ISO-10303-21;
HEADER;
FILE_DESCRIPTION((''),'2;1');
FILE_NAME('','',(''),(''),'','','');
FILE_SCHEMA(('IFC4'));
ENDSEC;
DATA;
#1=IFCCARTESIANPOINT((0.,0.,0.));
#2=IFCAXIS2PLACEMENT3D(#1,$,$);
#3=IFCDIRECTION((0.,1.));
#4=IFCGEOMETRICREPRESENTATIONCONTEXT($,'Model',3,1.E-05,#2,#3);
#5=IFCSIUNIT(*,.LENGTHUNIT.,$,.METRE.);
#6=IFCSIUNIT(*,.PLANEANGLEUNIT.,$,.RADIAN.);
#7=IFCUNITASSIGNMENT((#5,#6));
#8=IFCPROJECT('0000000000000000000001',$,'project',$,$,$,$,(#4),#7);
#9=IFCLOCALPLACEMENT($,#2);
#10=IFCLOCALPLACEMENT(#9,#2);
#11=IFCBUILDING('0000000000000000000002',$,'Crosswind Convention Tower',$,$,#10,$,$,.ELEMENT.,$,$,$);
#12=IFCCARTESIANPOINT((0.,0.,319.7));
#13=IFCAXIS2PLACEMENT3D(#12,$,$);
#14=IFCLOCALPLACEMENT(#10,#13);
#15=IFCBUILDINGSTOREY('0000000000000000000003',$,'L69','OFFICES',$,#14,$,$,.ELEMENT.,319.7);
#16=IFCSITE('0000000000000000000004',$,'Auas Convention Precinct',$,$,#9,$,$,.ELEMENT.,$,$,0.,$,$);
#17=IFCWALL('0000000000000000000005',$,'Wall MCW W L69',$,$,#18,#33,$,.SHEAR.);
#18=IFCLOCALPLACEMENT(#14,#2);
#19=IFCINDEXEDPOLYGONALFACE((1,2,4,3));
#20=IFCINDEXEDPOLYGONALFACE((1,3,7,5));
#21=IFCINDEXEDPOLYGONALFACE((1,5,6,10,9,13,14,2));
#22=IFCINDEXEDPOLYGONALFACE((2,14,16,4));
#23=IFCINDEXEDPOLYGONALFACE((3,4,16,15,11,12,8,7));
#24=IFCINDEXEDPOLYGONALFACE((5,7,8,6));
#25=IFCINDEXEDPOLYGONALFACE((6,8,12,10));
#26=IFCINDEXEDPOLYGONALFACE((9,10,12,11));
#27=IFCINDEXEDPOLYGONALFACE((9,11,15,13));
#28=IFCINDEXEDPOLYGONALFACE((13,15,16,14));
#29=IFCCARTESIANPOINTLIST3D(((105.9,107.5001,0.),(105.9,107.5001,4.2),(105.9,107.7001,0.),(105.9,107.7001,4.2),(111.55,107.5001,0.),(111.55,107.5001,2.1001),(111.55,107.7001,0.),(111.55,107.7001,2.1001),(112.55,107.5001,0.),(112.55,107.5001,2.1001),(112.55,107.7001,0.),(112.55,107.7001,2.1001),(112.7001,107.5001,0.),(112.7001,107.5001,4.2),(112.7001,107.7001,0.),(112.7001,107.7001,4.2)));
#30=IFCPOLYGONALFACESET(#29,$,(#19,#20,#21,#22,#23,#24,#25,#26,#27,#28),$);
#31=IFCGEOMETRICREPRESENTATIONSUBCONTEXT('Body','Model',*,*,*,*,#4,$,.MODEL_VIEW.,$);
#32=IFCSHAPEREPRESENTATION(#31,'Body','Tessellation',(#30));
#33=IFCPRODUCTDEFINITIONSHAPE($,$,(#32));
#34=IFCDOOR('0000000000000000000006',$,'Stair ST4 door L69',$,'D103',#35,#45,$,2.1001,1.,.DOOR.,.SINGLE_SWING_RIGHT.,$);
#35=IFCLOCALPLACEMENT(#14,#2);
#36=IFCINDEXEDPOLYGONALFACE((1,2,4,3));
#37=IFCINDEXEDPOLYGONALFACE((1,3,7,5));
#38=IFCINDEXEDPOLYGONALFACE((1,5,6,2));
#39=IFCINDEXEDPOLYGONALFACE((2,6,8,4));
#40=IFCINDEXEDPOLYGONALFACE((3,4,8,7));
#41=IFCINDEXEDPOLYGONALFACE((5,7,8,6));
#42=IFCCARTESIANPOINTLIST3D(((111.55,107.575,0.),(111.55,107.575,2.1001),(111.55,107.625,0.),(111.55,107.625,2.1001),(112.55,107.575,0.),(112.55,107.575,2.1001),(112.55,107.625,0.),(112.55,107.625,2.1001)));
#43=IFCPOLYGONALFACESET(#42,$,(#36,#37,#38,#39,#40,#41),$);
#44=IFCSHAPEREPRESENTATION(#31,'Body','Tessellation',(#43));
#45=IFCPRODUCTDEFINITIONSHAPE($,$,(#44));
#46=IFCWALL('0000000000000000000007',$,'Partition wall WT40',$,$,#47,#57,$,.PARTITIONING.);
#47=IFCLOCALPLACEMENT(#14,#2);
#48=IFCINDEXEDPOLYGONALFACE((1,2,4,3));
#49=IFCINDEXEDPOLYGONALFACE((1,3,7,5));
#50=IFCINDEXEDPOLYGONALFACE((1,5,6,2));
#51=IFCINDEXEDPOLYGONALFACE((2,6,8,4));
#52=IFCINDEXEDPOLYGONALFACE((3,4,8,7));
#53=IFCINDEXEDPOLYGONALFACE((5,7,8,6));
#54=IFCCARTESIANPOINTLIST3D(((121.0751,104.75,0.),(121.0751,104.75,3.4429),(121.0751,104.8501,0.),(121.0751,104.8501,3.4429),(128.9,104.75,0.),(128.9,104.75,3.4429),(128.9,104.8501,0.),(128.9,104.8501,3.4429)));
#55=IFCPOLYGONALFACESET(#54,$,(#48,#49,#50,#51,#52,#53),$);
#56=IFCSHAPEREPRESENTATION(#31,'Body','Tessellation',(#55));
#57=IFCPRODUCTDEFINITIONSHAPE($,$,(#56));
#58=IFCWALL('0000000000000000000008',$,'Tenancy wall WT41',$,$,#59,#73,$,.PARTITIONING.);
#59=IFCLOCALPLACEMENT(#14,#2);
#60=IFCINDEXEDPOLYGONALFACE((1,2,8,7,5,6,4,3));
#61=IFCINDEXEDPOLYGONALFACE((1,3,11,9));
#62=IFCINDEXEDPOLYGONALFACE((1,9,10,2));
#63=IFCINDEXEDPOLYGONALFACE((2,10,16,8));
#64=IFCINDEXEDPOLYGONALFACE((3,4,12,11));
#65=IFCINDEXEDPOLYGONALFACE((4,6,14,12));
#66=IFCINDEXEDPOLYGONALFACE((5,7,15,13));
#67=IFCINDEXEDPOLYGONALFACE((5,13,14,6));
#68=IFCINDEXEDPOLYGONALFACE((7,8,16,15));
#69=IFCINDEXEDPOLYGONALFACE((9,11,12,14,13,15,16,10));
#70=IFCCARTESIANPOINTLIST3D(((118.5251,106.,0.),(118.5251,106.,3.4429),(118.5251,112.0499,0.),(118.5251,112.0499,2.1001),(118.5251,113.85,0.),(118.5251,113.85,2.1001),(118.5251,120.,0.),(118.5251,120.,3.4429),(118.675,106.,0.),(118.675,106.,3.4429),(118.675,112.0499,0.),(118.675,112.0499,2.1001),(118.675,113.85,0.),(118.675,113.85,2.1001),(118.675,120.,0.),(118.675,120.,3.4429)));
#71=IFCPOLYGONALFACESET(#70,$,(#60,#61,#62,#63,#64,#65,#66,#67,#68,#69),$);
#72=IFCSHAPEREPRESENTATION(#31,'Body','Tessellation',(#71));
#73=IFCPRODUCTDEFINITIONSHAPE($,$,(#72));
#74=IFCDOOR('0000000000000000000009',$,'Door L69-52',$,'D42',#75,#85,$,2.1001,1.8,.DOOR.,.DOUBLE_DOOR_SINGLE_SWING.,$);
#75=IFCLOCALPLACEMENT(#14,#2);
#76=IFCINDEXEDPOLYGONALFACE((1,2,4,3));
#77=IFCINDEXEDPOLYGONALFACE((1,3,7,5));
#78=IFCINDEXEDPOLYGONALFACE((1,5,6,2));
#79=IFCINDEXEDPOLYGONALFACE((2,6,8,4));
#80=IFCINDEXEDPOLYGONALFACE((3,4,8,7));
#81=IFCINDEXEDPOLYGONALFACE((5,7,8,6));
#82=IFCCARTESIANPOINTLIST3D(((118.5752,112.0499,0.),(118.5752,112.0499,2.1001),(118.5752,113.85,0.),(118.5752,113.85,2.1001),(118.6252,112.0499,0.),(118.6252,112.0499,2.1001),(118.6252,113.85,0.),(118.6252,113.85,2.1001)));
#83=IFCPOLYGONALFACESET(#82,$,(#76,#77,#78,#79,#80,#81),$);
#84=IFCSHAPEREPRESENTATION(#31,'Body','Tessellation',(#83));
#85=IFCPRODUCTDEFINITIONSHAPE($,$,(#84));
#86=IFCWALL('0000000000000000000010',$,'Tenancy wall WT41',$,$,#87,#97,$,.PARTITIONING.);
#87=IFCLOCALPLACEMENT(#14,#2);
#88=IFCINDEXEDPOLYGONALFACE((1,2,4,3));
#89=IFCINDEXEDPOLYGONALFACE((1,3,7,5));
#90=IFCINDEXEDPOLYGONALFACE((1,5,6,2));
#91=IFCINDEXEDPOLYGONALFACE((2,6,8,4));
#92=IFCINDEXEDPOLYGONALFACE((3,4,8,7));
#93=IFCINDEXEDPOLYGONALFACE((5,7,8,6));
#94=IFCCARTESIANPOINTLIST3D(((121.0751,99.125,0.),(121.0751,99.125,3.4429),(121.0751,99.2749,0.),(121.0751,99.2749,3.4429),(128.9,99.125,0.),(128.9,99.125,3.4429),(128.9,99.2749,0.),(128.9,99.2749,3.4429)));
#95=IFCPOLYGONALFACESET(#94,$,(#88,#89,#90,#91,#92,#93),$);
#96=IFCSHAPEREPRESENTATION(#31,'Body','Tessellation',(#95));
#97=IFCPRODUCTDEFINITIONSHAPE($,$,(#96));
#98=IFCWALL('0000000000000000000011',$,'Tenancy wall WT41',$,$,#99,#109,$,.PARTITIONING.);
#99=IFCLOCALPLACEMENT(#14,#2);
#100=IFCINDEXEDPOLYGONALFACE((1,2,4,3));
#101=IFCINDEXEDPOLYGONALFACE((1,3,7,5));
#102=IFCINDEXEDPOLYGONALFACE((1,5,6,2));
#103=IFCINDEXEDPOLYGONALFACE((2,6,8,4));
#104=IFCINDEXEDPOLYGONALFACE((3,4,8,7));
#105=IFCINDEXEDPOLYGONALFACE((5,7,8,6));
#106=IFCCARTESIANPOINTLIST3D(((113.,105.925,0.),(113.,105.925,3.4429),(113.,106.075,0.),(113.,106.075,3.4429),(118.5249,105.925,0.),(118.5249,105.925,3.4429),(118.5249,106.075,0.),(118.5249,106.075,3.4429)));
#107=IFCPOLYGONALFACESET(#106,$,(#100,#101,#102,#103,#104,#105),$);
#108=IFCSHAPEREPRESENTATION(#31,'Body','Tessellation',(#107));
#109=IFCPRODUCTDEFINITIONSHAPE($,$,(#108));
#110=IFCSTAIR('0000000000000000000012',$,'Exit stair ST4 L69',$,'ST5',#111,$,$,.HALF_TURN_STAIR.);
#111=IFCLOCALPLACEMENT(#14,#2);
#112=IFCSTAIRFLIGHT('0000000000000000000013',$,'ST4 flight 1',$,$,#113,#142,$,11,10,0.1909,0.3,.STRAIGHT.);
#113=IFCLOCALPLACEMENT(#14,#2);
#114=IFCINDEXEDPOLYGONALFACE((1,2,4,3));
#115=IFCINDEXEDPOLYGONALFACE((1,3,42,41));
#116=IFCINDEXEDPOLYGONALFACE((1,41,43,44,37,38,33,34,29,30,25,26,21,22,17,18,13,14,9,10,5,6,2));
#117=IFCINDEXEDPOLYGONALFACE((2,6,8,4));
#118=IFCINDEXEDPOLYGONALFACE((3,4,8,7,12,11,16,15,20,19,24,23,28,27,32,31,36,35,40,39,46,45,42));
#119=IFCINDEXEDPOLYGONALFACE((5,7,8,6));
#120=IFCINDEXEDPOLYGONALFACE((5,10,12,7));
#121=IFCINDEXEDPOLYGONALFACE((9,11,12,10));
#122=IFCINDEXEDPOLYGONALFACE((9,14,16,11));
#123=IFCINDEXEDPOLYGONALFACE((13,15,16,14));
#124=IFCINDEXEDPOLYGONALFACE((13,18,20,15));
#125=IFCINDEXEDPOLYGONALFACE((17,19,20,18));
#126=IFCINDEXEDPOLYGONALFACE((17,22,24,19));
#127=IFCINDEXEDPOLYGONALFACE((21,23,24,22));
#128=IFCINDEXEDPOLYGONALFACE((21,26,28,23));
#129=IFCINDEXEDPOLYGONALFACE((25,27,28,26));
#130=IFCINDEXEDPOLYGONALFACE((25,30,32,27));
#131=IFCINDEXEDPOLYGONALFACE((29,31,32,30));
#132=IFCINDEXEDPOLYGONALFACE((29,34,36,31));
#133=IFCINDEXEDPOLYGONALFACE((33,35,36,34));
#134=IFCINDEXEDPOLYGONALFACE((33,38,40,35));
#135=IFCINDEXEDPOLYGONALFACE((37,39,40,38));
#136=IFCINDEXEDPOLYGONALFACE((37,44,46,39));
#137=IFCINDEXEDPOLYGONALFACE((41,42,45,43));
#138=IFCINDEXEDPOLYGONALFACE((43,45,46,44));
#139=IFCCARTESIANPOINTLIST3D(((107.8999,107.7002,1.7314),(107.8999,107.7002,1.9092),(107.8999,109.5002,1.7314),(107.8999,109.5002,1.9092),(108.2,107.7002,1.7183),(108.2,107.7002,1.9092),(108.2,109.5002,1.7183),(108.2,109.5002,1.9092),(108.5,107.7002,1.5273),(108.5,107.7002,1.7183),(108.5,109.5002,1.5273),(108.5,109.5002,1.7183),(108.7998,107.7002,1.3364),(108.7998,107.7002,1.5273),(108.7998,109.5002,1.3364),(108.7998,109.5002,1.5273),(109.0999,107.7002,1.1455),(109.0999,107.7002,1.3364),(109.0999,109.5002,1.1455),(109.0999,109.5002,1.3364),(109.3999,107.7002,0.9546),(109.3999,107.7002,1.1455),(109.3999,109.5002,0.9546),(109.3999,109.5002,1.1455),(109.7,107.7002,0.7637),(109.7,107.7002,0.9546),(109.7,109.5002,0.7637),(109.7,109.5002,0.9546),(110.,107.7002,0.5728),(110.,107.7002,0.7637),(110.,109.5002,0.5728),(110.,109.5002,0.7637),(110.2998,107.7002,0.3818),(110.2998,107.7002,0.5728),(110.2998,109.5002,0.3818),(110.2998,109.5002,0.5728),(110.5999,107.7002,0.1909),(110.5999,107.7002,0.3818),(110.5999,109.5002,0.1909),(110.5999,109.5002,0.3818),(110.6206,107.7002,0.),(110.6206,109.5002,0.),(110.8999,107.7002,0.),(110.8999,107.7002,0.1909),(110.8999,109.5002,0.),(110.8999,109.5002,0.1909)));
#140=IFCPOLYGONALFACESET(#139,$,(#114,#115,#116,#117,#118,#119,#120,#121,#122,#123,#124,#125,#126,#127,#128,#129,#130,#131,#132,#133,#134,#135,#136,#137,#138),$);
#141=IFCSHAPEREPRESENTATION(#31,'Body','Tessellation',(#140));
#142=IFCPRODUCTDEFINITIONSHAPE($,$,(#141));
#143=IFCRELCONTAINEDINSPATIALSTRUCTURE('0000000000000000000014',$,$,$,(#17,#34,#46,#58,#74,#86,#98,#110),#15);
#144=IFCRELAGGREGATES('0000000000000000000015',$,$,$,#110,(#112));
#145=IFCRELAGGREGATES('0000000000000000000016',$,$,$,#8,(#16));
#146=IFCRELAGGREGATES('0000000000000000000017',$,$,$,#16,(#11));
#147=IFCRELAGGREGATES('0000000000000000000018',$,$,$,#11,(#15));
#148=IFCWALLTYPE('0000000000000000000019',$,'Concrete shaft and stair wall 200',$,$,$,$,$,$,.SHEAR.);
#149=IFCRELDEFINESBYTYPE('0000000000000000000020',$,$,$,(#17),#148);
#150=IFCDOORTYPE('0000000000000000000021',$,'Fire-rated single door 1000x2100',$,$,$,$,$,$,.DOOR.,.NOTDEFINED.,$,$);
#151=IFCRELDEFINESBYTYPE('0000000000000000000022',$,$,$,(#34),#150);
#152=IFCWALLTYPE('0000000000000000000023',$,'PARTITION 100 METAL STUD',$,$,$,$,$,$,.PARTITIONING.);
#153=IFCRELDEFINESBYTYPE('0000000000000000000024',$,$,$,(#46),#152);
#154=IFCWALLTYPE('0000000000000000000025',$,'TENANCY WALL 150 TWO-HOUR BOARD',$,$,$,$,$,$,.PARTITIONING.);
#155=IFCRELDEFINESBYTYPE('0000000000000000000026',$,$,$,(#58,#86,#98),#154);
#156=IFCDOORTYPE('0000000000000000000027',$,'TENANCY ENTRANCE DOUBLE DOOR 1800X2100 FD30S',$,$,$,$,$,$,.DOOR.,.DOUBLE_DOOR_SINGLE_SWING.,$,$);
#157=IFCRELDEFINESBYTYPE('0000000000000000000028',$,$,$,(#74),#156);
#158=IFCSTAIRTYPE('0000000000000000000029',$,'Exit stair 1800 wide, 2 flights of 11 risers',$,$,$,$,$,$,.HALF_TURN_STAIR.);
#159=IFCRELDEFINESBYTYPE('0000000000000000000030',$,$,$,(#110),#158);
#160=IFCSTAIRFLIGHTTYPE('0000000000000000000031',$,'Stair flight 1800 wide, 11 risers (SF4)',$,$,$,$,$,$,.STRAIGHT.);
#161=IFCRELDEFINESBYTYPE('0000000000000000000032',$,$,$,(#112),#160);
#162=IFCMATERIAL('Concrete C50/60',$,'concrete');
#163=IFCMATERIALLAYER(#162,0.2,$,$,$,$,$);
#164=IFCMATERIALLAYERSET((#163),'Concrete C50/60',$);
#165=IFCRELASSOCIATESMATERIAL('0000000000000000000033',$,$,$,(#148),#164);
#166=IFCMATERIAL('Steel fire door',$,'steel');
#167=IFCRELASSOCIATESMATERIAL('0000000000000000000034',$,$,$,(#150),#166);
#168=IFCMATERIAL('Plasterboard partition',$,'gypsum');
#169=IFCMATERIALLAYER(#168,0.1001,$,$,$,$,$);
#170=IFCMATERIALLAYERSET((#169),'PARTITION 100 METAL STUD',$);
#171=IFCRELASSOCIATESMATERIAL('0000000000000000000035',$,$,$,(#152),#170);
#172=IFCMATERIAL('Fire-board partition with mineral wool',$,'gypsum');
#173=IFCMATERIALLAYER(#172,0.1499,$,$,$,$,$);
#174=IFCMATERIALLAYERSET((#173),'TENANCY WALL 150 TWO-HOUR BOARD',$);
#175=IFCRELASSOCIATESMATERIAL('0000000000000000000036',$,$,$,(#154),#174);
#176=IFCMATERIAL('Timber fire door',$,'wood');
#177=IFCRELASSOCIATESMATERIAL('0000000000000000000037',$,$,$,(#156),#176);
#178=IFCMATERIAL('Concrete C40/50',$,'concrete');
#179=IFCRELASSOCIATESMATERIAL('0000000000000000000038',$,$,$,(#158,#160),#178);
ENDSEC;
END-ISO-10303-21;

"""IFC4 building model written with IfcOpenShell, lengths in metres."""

from ifc_helpers import new_model, si_unit, direction, frame, frame_2d, origin, place, context, subcontext, project, spatial, polyline, rectangle, outline, extrude, material, layer, layer_set, type_object, element, fill, aggregate, save


model = new_model("IFC4")

# Units and contexts
model_context = context("Model", 3, precision=1e-05, world=origin(), true_north=direction((0.0, 1.0)))
body_context = subcontext(model_context, "Body", "Model", "MODEL_VIEW")
ifc_project = project(units=[si_unit("LENGTHUNIT", "METRE"), si_unit("PLANEANGLEUNIT", "RADIAN")], contexts=[model_context])

# Site, building, storey
site_placement = place(None, origin())
site = spatial("IfcSite", under=ifc_project, at=site_placement, Name="Auas Convention Precinct", CompositionType="ELEMENT", RefElevation=0.0)
building_placement = place(site_placement, origin())
building = spatial("IfcBuilding", under=site, at=building_placement, Name="Crosswind Convention Tower", CompositionType="ELEMENT")
storey_placement = place(building_placement, frame((0.0, 0.0, 319.7)))
storey = spatial("IfcBuildingStorey", under=building, at=storey_placement, Name="L69", Description="OFFICES", CompositionType="ELEMENT", Elevation=319.7)

# Shared definitions
ifc_material_1 = material(Name="Concrete C50/60", Category="concrete")

# Wall, opening, door
ifc_layer_1 = layer(ifc_material_1, 0.2)
ifc_layer_set_1 = layer_set([ifc_layer_1], Name="Concrete C50/60")
wall_type_1 = type_object("IfcWallType", Name="Concrete shaft and stair wall 200", PredefinedType="SHEAR", material=ifc_layer_set_1)
ifc_material_2 = material(Name="Steel fire door", Category="steel")
wall_1_placement = place(storey_placement, frame((112.7, 107.6001, 0.0), z_axis=(0.0, 0.0, 1.0), x_axis=(-1.0, 0.0, 0.0)))
wall_1 = element("IfcWall", 1, at=wall_1_placement, inside=storey, type_object=wall_type_1, Name="Wall MCW W L69", PredefinedType="SHEAR", context=body_context, shape_type="SweptSolid", body=[
    extrude(rectangle(XDim=6.8, YDim=0.2, at=frame_2d((3.3999, 0.0))), origin(), (0.0, 0.0, 1.0), 4.2),
])
opening_1_placement = place(wall_1_placement, frame((0.1499, 0.0, 0.0)))
opening_1 = element("IfcOpeningElement", 2, at=opening_1_placement, cuts=wall_1, PredefinedType="OPENING", context=body_context, shape_type="SweptSolid", body=[
    extrude(rectangle(XDim=1.0, YDim=2.1001, at=frame_2d((0.5, 1.05))), frame((0.0, 0.1099, 0.0), z_axis=(0.0, -1.0, 0.0), x_axis=(1.0, 0.0, 0.0)), (0.0, 0.0, 1.0), 0.22),
])
door_type_1 = type_object("IfcDoorType", Name="Fire-rated single door 1000x2100", OperationType="NOTDEFINED", PredefinedType="DOOR", material=ifc_material_2)
door_1_placement = place(opening_1_placement, frame((1.0, 0.0, 0.0), z_axis=(0.0, 0.0, 1.0), x_axis=(-1.0, 0.0, 0.0)))
door_1 = element("IfcDoor", 3, at=door_1_placement, inside=storey, type_object=door_type_1, Name="Stair ST4 door L69", ObjectType="D103", OperationType="SINGLE_SWING_RIGHT", OverallHeight=2.1001, OverallWidth=1.0, PredefinedType="DOOR", context=body_context, shape_type="SweptSolid", body=[
    extrude(rectangle(XDim=1.0, YDim=2.1001, at=frame_2d((0.5, 1.05))), frame((0.0, 0.0249, 0.0), z_axis=(0.0, -1.0, 0.0), x_axis=(1.0, 0.0, 0.0)), (0.0, 0.0, 1.0), 0.05),
])
fill(opening_1, door_1)

# Wall
ifc_material_3 = material(Name="Plasterboard partition", Category="gypsum")
ifc_layer_2 = layer(ifc_material_3, 0.1001)
ifc_layer_set_2 = layer_set([ifc_layer_2], Name="PARTITION 100 METAL STUD")
wall_type_2 = type_object("IfcWallType", Name="PARTITION 100 METAL STUD", PredefinedType="PARTITIONING", material=ifc_layer_set_2)
wall_2_placement = place(storey_placement, frame((121.075, 104.8, 0.0), z_axis=(0.0, 0.0, 1.0), x_axis=(1.0, 0.0, 0.0)))
element("IfcWall", 4, at=wall_2_placement, inside=storey, type_object=wall_type_2, Name="Partition wall WT40", PredefinedType="PARTITIONING", context=body_context, shape_type="SweptSolid", body=[
    extrude(rectangle(XDim=7.825, YDim=0.1001, at=frame_2d((3.9126, 0.0))), origin(), (0.0, 0.0, 1.0), 3.4429),
])

# Wall, opening, door
ifc_material_4 = material(Name="Fire-board partition with mineral wool", Category="gypsum")
ifc_layer_3 = layer(ifc_material_4, 0.1499)
ifc_layer_set_3 = layer_set([ifc_layer_3], Name="TENANCY WALL 150 TWO-HOUR BOARD")
wall_type_3 = type_object("IfcWallType", Name="TENANCY WALL 150 TWO-HOUR BOARD", PredefinedType="PARTITIONING", material=ifc_layer_set_3)
wall_3_placement = place(storey_placement, frame((118.6001, 106.0, 0.0), z_axis=(0.0, 0.0, 1.0), x_axis=(0.0, 1.0, 0.0)))
wall_3 = element("IfcWall", 5, at=wall_3_placement, inside=storey, type_object=wall_type_3, Name="Tenancy wall WT41", PredefinedType="PARTITIONING", context=body_context, shape_type="SweptSolid", body=[
    extrude(rectangle(XDim=14.0, YDim=0.1499, at=frame_2d((7.0, 0.0))), origin(), (0.0, 0.0, 1.0), 3.4429),
])
opening_2_placement = place(wall_3_placement, frame((6.05, 0.0, 0.0)))
opening_2 = element("IfcOpeningElement", 6, at=opening_2_placement, cuts=wall_3, PredefinedType="OPENING", context=body_context, shape_type="SweptSolid", body=[
    extrude(rectangle(XDim=1.8, YDim=2.1001, at=frame_2d((0.8999, 1.05))), frame((0.0, 0.085, 0.0), z_axis=(0.0, -1.0, 0.0), x_axis=(1.0, 0.0, 0.0)), (0.0, 0.0, 1.0), 0.1699),
])
ifc_material_5 = material(Name="Timber fire door", Category="wood")
door_type_2 = type_object("IfcDoorType", Name="TENANCY ENTRANCE DOUBLE DOOR 1800X2100 FD30S", OperationType="DOUBLE_DOOR_SINGLE_SWING", PredefinedType="DOOR", material=ifc_material_5)
door_2_placement = place(opening_2_placement, origin())
door_2 = element("IfcDoor", 7, at=door_2_placement, inside=storey, type_object=door_type_2, Name="Door L69-52", ObjectType="D42", OperationType="DOUBLE_DOOR_SINGLE_SWING", OverallHeight=2.1001, OverallWidth=1.8, PredefinedType="DOOR", context=body_context, shape_type="SweptSolid", body=[
    extrude(rectangle(XDim=1.8, YDim=2.1001, at=frame_2d((0.8999, 1.05))), frame((0.0, 0.0249, 0.0), z_axis=(0.0, -1.0, 0.0), x_axis=(1.0, 0.0, 0.0)), (0.0, 0.0, 1.0), 0.05),
])
fill(opening_2, door_2)

# Walls
wall_4_placement = place(storey_placement, frame((121.075, 99.2, 0.0), z_axis=(0.0, 0.0, 1.0), x_axis=(1.0, 0.0, 0.0)))
element("IfcWall", 8, at=wall_4_placement, inside=storey, type_object=wall_type_3, Name="Tenancy wall WT41", PredefinedType="PARTITIONING", context=body_context, shape_type="SweptSolid", body=[
    extrude(rectangle(XDim=7.825, YDim=0.1499, at=frame_2d((3.9126, 0.0))), origin(), (0.0, 0.0, 1.0), 3.4429),
])
wall_5_placement = place(storey_placement, frame((113.0, 106.0, 0.0), z_axis=(0.0, 0.0, 1.0), x_axis=(1.0, 0.0, 0.0)))
element("IfcWall", 9, at=wall_5_placement, inside=storey, type_object=wall_type_3, Name="Tenancy wall WT41", PredefinedType="PARTITIONING", context=body_context, shape_type="SweptSolid", body=[
    extrude(rectangle(XDim=5.5249, YDim=0.1499, at=frame_2d((2.7625, 0.0))), origin(), (0.0, 0.0, 1.0), 3.4429),
])

# Stair, stair flight
ifc_material_6 = material(Name="Concrete C40/50", Category="concrete")
stair_type = type_object("IfcStairType", Name="Exit stair 1800 wide, 2 flights of 11 risers", PredefinedType="HALF_TURN_STAIR", material=ifc_material_6)
stair_placement = place(storey_placement, origin())
stair = element("IfcStair", 10, at=stair_placement, inside=storey, type_object=stair_type, Name="Exit stair ST4 L69", ObjectType="ST5", PredefinedType="HALF_TURN_STAIR")
stair_flight_type = type_object("IfcStairFlightType", Name="Stair flight 1800 wide, 11 risers (SF4)", PredefinedType="STRAIGHT", material=ifc_material_6)
stair_flight_placement = place(storey_placement, frame((110.8999, 108.6001, 0.0), z_axis=(0.0, 0.0, 1.0), x_axis=(-1.0, 0.0, 0.0)))
stair_flight = element("IfcStairFlight", 11, at=stair_flight_placement, type_object=stair_flight_type, Name="ST4 flight 1", NumberOfRisers=11, NumberOfTreads=10, PredefinedType="STRAIGHT", RiserHeight=0.1909, TreadLength=0.3, context=body_context, shape_type="SweptSolid", body=[
    extrude(outline(polyline([(0.0, 0.0), (0.0, 0.1909), (0.3, 0.1909), (0.3, 0.3818), (0.6001, 0.3818), (0.6001, 0.5728), (0.8999, 0.5728), (0.8999, 0.7637), (1.2, 0.7637), (1.2, 0.9546), (1.5, 0.9546), (1.5, 1.1455), (1.8, 1.1455), (1.8, 1.3364), (2.1001, 1.3364), (2.1001, 1.5273), (2.3999, 1.5273), (2.3999, 1.7183), (2.7, 1.7183), (2.7, 1.9092), (3.0, 1.9092), (3.0, 2.1001), (3.0, 1.7314), (0.2793, 0.0), (0.0, 0.0)])), frame((0.0, 0.8999, 0.0), z_axis=(0.0, -1.0, 0.0), x_axis=(1.0, 0.0, 0.0)), (0.0, 0.0, 1.0), 1.8),
])
aggregate(stair, [stair_flight])

save(model, "model.ifc")
